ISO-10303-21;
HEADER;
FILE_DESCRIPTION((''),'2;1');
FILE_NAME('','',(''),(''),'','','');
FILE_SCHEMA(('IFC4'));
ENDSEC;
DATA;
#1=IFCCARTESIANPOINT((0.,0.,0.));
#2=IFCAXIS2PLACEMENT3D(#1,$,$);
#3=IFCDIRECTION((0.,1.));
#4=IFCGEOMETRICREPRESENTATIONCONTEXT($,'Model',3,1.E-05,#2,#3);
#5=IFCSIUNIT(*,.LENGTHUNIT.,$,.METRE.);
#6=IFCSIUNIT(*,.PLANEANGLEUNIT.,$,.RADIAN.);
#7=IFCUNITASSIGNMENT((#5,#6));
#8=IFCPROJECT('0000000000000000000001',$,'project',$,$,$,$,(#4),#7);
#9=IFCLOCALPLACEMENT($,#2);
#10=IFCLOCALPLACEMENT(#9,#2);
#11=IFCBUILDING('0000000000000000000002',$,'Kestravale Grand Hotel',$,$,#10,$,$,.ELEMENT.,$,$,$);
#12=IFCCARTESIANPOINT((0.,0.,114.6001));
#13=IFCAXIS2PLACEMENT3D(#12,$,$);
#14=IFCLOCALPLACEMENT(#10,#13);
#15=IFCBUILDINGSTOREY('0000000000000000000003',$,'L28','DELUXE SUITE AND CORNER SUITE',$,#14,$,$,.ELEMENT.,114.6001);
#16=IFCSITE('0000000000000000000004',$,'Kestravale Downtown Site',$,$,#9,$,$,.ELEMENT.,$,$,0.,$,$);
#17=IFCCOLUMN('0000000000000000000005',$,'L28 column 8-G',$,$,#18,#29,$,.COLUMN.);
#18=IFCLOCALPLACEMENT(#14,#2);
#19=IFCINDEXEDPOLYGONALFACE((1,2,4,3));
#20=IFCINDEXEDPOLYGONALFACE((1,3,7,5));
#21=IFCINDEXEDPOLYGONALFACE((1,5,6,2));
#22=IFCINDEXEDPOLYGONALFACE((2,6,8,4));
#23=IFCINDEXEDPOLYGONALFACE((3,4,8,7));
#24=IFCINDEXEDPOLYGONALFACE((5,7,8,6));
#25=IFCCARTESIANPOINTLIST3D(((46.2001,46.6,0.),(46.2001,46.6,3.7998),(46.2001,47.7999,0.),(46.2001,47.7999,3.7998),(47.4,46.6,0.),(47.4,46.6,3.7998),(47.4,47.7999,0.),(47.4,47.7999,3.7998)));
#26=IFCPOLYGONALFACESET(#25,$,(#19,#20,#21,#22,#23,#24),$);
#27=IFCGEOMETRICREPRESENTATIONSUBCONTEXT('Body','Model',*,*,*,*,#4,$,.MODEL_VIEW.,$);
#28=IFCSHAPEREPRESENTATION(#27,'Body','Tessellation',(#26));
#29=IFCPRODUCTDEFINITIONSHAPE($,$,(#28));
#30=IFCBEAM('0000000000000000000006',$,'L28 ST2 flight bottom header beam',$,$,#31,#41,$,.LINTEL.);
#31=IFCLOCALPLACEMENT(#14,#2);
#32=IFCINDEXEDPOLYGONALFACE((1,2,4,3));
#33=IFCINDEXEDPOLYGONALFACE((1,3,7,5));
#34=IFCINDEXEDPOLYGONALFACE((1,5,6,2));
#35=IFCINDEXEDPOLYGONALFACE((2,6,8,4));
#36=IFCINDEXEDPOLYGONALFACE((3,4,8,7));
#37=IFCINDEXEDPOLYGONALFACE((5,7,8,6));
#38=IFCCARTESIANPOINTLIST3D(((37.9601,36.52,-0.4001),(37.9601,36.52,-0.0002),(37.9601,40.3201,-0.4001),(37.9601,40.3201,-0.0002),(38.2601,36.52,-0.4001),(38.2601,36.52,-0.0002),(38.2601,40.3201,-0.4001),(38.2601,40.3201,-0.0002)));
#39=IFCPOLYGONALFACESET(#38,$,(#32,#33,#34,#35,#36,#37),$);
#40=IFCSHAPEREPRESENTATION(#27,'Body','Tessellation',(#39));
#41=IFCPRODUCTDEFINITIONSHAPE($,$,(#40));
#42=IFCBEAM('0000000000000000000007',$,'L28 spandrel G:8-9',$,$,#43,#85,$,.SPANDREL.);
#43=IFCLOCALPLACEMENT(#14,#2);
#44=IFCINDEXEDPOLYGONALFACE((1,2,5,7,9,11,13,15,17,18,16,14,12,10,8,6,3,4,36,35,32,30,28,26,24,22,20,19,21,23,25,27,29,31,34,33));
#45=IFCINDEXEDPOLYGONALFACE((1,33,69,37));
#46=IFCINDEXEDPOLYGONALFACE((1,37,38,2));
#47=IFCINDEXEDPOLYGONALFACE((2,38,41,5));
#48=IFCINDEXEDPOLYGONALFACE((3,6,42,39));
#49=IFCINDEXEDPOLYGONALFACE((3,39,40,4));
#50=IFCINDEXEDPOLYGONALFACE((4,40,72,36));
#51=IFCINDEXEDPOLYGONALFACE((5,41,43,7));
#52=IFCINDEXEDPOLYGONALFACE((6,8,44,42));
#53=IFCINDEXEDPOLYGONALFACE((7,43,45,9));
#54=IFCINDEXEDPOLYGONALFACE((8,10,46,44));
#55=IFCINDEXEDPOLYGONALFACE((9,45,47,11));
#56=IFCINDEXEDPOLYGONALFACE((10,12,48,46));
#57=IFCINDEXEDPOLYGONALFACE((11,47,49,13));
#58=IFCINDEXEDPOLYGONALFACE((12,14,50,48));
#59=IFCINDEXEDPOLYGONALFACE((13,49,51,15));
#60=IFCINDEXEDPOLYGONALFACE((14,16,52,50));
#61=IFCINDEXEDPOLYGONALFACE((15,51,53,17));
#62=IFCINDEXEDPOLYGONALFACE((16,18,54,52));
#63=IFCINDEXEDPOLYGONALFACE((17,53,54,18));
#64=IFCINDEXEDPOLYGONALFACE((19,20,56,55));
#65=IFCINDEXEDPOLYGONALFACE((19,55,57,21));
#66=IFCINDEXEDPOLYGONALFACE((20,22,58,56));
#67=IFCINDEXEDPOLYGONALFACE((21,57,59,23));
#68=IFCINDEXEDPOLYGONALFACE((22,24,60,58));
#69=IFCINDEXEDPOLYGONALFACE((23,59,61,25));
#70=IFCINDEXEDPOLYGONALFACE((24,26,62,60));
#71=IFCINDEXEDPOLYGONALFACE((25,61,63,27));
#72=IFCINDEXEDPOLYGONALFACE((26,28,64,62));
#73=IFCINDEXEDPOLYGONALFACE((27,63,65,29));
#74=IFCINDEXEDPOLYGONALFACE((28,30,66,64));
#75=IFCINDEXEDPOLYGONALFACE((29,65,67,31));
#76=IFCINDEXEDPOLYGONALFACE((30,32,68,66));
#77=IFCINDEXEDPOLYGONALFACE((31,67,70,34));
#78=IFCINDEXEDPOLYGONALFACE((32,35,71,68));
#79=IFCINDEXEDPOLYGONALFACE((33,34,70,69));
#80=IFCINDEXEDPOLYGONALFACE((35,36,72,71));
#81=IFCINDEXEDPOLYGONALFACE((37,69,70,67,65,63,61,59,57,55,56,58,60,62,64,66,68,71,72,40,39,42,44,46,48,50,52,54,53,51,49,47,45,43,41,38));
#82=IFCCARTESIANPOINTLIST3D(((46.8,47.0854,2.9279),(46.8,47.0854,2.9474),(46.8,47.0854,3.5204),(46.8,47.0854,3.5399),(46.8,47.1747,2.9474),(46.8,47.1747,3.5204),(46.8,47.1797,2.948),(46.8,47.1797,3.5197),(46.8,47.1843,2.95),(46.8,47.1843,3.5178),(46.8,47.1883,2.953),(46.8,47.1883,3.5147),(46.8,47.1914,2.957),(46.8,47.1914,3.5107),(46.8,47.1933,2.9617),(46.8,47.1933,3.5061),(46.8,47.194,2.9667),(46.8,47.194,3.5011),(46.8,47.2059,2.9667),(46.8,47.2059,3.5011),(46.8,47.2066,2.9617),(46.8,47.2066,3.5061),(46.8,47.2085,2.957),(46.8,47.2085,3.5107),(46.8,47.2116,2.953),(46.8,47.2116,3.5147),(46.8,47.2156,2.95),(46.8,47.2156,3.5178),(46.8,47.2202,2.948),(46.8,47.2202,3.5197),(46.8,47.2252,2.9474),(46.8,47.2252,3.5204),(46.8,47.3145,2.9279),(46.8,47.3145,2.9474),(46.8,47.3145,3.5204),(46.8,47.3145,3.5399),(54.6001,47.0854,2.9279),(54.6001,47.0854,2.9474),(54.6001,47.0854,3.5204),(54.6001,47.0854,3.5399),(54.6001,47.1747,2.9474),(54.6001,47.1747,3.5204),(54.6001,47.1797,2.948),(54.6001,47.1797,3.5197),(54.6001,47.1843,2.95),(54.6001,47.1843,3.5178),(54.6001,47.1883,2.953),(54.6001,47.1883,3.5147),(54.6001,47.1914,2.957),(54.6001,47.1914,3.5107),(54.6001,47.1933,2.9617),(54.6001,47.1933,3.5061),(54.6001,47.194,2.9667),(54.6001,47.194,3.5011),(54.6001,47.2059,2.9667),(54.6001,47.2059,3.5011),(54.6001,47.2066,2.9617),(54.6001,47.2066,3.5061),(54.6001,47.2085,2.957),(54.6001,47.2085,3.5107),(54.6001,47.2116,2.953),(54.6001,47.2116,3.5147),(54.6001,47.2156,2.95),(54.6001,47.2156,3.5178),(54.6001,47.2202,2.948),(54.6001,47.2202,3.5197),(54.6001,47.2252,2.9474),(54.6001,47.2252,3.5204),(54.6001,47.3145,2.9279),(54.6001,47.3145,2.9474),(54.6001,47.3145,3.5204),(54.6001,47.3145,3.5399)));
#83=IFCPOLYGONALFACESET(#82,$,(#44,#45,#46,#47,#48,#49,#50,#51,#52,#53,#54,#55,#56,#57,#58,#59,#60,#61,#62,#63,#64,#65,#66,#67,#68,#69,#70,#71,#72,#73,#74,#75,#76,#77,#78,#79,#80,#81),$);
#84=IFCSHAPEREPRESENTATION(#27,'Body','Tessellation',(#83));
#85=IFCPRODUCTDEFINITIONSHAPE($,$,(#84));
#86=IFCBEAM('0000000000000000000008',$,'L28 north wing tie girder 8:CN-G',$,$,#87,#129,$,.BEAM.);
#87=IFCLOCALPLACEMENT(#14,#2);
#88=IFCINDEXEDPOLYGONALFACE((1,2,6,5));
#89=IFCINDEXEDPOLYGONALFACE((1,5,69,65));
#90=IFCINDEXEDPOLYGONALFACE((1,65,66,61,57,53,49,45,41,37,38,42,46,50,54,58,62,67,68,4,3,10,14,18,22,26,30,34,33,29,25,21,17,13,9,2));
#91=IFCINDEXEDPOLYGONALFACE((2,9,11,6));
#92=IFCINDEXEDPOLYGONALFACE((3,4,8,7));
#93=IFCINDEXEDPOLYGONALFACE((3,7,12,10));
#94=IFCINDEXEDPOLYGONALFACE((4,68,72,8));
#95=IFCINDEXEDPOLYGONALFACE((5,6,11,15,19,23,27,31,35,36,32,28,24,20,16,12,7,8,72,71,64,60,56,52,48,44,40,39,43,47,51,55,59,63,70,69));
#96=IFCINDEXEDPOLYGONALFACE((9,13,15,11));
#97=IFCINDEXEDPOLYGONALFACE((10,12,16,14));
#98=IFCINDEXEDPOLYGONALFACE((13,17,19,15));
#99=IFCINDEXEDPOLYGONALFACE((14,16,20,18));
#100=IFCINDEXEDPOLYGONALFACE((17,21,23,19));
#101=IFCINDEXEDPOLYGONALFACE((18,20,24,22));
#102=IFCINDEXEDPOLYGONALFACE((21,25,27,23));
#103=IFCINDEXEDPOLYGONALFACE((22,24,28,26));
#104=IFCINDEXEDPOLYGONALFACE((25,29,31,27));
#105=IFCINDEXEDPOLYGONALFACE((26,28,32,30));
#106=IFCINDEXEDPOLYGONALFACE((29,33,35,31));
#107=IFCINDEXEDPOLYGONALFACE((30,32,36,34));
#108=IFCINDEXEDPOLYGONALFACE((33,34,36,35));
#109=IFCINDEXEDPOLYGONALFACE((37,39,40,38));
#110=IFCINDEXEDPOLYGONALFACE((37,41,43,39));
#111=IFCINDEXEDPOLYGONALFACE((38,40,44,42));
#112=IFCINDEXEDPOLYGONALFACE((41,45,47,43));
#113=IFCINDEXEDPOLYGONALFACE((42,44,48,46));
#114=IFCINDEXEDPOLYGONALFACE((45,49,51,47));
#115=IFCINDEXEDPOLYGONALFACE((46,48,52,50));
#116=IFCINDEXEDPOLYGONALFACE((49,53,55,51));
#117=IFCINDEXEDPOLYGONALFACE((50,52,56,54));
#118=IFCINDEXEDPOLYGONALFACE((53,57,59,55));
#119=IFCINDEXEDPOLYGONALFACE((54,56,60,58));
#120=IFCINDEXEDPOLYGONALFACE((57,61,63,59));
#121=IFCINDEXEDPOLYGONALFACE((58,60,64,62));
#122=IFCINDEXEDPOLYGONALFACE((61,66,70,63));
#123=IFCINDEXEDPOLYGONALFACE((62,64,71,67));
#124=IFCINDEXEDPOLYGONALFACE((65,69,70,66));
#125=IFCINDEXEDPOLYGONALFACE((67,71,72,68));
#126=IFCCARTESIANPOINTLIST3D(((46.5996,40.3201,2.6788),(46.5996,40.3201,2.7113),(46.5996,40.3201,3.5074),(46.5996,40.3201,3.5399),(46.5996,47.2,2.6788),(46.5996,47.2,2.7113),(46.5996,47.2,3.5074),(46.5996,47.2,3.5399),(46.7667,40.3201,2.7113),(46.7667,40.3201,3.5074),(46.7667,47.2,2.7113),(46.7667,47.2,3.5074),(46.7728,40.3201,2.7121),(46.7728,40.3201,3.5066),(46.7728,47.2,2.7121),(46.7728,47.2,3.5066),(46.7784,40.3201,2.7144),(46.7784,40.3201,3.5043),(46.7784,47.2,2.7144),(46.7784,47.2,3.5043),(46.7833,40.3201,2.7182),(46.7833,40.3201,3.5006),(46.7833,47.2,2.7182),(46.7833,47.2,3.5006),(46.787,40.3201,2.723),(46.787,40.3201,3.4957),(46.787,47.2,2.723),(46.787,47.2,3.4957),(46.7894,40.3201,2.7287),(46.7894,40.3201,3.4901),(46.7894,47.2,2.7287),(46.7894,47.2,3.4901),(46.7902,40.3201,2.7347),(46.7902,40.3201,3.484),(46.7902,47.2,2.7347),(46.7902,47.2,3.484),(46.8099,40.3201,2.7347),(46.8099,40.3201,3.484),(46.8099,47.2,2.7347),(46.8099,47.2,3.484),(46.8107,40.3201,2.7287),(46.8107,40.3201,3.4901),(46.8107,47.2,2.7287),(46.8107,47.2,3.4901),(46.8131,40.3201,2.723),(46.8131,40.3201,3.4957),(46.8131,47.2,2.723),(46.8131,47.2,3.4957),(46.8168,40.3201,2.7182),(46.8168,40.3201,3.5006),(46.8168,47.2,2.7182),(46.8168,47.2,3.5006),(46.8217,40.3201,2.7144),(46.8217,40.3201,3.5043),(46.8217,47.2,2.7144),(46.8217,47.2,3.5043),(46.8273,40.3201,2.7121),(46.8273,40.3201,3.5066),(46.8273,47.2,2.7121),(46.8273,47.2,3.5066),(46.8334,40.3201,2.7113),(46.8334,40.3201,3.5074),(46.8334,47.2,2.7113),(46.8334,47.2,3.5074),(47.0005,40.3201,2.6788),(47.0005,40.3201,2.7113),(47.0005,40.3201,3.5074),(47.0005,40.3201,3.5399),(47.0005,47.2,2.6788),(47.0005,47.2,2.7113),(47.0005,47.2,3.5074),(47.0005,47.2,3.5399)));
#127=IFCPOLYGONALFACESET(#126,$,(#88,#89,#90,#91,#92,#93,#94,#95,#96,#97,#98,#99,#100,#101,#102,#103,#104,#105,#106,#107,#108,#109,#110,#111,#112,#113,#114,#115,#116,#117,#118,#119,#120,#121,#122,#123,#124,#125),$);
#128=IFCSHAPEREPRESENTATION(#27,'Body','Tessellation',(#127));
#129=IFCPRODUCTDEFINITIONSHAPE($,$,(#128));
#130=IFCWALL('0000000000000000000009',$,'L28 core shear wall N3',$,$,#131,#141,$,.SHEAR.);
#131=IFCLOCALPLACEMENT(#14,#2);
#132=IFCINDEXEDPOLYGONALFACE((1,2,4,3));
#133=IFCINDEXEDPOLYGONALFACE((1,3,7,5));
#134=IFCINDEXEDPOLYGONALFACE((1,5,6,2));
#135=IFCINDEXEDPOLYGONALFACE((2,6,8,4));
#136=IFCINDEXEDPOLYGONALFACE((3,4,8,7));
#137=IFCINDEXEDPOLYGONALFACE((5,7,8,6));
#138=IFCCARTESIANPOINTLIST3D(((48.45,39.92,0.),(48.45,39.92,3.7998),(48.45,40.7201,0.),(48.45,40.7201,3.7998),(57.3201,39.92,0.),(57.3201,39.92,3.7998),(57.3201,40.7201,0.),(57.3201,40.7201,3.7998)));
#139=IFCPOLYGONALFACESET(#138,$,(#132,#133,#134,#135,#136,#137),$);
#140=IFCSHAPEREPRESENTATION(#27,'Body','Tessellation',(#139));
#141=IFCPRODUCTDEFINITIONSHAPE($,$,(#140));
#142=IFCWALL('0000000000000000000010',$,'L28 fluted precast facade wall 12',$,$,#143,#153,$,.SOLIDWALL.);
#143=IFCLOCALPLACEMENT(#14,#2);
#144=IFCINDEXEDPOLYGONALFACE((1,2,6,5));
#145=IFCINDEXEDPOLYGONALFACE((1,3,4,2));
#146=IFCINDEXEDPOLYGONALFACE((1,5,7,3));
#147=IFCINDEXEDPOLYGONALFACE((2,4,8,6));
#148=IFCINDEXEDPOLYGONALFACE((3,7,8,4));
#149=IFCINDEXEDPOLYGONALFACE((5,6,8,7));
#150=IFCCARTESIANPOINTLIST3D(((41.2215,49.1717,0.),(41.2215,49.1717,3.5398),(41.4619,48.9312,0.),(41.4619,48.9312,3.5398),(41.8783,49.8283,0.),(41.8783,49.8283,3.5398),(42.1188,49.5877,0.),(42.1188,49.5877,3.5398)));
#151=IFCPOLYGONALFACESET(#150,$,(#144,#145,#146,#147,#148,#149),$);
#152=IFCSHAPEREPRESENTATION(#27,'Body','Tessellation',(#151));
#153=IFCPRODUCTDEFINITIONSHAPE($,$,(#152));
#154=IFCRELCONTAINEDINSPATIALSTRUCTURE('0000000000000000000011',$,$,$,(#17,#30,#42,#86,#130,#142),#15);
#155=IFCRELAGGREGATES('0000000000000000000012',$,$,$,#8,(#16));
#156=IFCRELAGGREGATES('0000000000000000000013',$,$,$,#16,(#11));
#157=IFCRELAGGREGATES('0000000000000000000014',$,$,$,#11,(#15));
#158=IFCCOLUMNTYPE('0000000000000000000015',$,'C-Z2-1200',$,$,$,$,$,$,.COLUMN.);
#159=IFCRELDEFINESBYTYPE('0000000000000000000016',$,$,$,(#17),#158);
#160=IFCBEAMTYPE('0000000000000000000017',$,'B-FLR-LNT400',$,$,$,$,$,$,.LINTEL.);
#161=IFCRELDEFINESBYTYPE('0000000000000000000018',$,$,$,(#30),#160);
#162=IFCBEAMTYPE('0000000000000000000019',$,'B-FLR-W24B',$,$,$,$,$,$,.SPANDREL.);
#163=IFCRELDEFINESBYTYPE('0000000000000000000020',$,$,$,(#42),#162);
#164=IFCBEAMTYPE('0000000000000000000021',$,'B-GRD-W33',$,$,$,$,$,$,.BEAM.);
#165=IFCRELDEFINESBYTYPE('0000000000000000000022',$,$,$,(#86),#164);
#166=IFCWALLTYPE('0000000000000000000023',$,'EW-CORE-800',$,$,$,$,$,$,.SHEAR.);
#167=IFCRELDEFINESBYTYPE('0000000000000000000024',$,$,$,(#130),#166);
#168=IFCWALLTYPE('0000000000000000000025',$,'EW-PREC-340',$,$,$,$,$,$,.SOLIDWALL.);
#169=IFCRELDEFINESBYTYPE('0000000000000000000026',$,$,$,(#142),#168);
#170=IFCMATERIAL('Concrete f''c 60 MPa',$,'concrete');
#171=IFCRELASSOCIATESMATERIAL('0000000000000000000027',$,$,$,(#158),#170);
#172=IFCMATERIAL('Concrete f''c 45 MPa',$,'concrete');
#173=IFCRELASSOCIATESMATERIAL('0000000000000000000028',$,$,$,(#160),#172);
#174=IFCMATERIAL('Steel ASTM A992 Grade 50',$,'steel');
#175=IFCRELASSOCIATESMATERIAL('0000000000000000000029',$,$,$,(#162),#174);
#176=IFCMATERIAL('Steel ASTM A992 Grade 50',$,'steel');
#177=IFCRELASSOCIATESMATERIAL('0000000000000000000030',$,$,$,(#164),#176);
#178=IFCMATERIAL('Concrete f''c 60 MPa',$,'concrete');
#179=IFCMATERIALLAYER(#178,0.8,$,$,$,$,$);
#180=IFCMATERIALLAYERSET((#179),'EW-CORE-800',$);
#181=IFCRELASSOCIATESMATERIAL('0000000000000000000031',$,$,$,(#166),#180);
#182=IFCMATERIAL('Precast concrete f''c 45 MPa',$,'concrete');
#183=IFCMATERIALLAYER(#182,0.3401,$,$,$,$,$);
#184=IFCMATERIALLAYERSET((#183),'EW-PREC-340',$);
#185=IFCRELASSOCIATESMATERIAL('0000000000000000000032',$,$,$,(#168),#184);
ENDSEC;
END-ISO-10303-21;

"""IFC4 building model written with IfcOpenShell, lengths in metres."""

from ifc_helpers import new_model, si_unit, direction, frame, frame_2d, origin, origin_2d, place, context, subcontext, project, spatial, rectangle, i_section, extrude, material, layer, layer_set, material_profile, profile_set, type_object, element, save


model = new_model("IFC4")

# Units and contexts
model_context = context("Model", 3, precision=1e-05, world=origin(), true_north=direction((0.0, 1.0)))
body_context = subcontext(model_context, "Body", "Model", "MODEL_VIEW")
ifc_project = project(units=[si_unit("LENGTHUNIT", "METRE"), si_unit("PLANEANGLEUNIT", "RADIAN")], contexts=[model_context])

# Site, building, storey
site_placement = place(None, origin())
site = spatial("IfcSite", under=ifc_project, at=site_placement, Name="Kestravale Downtown Site", CompositionType="ELEMENT", RefElevation=0.0)
building_placement = place(site_placement, origin())
building = spatial("IfcBuilding", under=site, at=building_placement, Name="Kestravale Grand Hotel", CompositionType="ELEMENT")
storey_placement = place(building_placement, frame((0.0, 0.0, 114.6001)))
storey = spatial("IfcBuildingStorey", under=building, at=storey_placement, Name="L28", Description="DELUXE SUITE AND CORNER SUITE", CompositionType="ELEMENT", Elevation=114.6001)

# Column
ifc_material_1 = material(Name="Concrete f'c 60 MPa", Category="concrete")
ifc_material_profile_1 = material_profile(ifc_material_1, rectangle(XDim=1.2, YDim=1.2, at=origin_2d()))
ifc_profile_set_1 = profile_set([ifc_material_profile_1], Name="Concrete f'c 60 MPa")
column_type = type_object("IfcColumnType", Name="C-Z2-1200", PredefinedType="COLUMN", material=ifc_profile_set_1)
column_placement = place(storey_placement, frame((46.8, 47.2, 0.0), z_axis=(0.0, 0.0, 1.0), x_axis=(1.0, 0.0, 0.0)))
element("IfcColumn", 1, at=column_placement, inside=storey, type_object=column_type, Name="L28 column 8-G", PredefinedType="COLUMN", context=body_context, shape_type="SweptSolid", body=[
    extrude(rectangle(XDim=1.2, YDim=1.2, at=origin_2d()), origin(), (0.0, 0.0, 1.0), 3.7998),
])

# Beams
ifc_material_2 = material(Name="Concrete f'c 45 MPa", Category="concrete")
ifc_material_profile_2 = material_profile(ifc_material_2, rectangle(XDim=0.3, YDim=0.3999, at=origin_2d()))
ifc_profile_set_2 = profile_set([ifc_material_profile_2], Name="Concrete f'c 45 MPa")
beam_type_1 = type_object("IfcBeamType", Name="B-FLR-LNT400", PredefinedType="LINTEL", material=ifc_profile_set_2)
beam_1_placement = place(storey_placement, frame((38.1101, 36.52, -0.2002), z_axis=(0.0, 1.0, 0.0), x_axis=(-1.0, 0.0, 0.0)))
element("IfcBeam", 2, at=beam_1_placement, inside=storey, type_object=beam_type_1, Name="L28 ST2 flight bottom header beam", PredefinedType="LINTEL", context=body_context, shape_type="SweptSolid", body=[
    extrude(rectangle(XDim=0.3, YDim=0.3999, at=origin_2d()), origin(), (0.0, 0.0, 1.0), 3.8),
])
ifc_material_3 = material(Name="Steel ASTM A992 Grade 50", Category="steel")
ifc_material_profile_3 = material_profile(ifc_material_3, i_section(OverallWidth=0.229, OverallDepth=0.6121, WebThickness=0.012, FlangeThickness=0.0195, FilletRadius=0.0193, at=origin_2d()))
ifc_profile_set_3 = profile_set([ifc_material_profile_3], Name="Steel ASTM A992 Grade 50")
beam_type_2 = type_object("IfcBeamType", Name="B-FLR-W24B", PredefinedType="SPANDREL", material=ifc_profile_set_3)
beam_2_placement = place(storey_placement, frame((46.8, 47.2, 3.2339), z_axis=(1.0, 0.0, 0.0), x_axis=(0.0, 1.0, 0.0)))
element("IfcBeam", 3, at=beam_2_placement, inside=storey, type_object=beam_type_2, Name="L28 spandrel G:8-9", PredefinedType="SPANDREL", context=body_context, shape_type="SweptSolid", body=[
    extrude(i_section(OverallWidth=0.229, OverallDepth=0.6121, WebThickness=0.012, FlangeThickness=0.0195, FilletRadius=0.0193, at=origin_2d()), origin(), (0.0, 0.0, 1.0), 7.8),
])
ifc_material_4 = material(Name="Steel ASTM A992 Grade 50", Category="steel")
ifc_material_profile_4 = material_profile(ifc_material_4, i_section(OverallWidth=0.4009, OverallDepth=0.8611, WebThickness=0.0198, FlangeThickness=0.0325, FilletRadius=0.0234, at=origin_2d()))
ifc_profile_set_4 = profile_set([ifc_material_profile_4], Name="Steel ASTM A992 Grade 50")
beam_type_3 = type_object("IfcBeamType", Name="B-GRD-W33", PredefinedType="BEAM", material=ifc_profile_set_4)
beam_3_placement = place(storey_placement, frame((46.8, 40.3201, 3.1094), z_axis=(0.0, 1.0, 0.0), x_axis=(-1.0, 0.0, 0.0)))
element("IfcBeam", 4, at=beam_3_placement, inside=storey, type_object=beam_type_3, Name="L28 north wing tie girder 8:CN-G", PredefinedType="BEAM", context=body_context, shape_type="SweptSolid", body=[
    extrude(i_section(OverallWidth=0.4009, OverallDepth=0.8611, WebThickness=0.0198, FlangeThickness=0.0325, FilletRadius=0.0234, at=origin_2d()), origin(), (0.0, 0.0, 1.0), 6.8799),
])

# Walls
ifc_material_5 = material(Name="Concrete f'c 60 MPa", Category="concrete")
ifc_layer_1 = layer(ifc_material_5, 0.8)
ifc_layer_set_1 = layer_set([ifc_layer_1], Name="EW-CORE-800")
wall_type_1 = type_object("IfcWallType", Name="EW-CORE-800", PredefinedType="SHEAR", material=ifc_layer_set_1)
wall_1_placement = place(storey_placement, frame((48.45, 40.3201, 0.0), z_axis=(0.0, 0.0, 1.0), x_axis=(1.0, 0.0, 0.0)))
element("IfcWall", 5, at=wall_1_placement, inside=storey, type_object=wall_type_1, Name="L28 core shear wall N3", PredefinedType="SHEAR", context=body_context, shape_type="SweptSolid", body=[
    extrude(rectangle(XDim=8.8701, YDim=0.8, at=frame_2d((4.4351, 0.0))), origin(), (0.0, 0.0, 1.0), 3.7998),
])
ifc_material_6 = material(Name="Precast concrete f'c 45 MPa", Category="concrete")
ifc_layer_2 = layer(ifc_material_6, 0.3401)
ifc_layer_set_2 = layer_set([ifc_layer_2], Name="EW-PREC-340")
wall_type_2 = type_object("IfcWallType", Name="EW-PREC-340", PredefinedType="SOLIDWALL", material=ifc_layer_set_2)
wall_2_placement = place(storey_placement, frame((41.9985, 49.708, 0.0), z_axis=(0.0, 0.0, 1.0), x_axis=(-0.707238, -0.706975, 0.0)))
element("IfcWall", 6, at=wall_2_placement, inside=storey, type_object=wall_type_2, Name="L28 fluted precast facade wall 12", PredefinedType="SOLIDWALL", context=body_context, shape_type="SweptSolid", body=[
    extrude(rectangle(XDim=0.9287, YDim=0.3401, at=frame_2d((0.4644, 0.0))), origin(), (0.0, 0.0, 1.0), 3.5398),
])

save(model, "model.ifc")
